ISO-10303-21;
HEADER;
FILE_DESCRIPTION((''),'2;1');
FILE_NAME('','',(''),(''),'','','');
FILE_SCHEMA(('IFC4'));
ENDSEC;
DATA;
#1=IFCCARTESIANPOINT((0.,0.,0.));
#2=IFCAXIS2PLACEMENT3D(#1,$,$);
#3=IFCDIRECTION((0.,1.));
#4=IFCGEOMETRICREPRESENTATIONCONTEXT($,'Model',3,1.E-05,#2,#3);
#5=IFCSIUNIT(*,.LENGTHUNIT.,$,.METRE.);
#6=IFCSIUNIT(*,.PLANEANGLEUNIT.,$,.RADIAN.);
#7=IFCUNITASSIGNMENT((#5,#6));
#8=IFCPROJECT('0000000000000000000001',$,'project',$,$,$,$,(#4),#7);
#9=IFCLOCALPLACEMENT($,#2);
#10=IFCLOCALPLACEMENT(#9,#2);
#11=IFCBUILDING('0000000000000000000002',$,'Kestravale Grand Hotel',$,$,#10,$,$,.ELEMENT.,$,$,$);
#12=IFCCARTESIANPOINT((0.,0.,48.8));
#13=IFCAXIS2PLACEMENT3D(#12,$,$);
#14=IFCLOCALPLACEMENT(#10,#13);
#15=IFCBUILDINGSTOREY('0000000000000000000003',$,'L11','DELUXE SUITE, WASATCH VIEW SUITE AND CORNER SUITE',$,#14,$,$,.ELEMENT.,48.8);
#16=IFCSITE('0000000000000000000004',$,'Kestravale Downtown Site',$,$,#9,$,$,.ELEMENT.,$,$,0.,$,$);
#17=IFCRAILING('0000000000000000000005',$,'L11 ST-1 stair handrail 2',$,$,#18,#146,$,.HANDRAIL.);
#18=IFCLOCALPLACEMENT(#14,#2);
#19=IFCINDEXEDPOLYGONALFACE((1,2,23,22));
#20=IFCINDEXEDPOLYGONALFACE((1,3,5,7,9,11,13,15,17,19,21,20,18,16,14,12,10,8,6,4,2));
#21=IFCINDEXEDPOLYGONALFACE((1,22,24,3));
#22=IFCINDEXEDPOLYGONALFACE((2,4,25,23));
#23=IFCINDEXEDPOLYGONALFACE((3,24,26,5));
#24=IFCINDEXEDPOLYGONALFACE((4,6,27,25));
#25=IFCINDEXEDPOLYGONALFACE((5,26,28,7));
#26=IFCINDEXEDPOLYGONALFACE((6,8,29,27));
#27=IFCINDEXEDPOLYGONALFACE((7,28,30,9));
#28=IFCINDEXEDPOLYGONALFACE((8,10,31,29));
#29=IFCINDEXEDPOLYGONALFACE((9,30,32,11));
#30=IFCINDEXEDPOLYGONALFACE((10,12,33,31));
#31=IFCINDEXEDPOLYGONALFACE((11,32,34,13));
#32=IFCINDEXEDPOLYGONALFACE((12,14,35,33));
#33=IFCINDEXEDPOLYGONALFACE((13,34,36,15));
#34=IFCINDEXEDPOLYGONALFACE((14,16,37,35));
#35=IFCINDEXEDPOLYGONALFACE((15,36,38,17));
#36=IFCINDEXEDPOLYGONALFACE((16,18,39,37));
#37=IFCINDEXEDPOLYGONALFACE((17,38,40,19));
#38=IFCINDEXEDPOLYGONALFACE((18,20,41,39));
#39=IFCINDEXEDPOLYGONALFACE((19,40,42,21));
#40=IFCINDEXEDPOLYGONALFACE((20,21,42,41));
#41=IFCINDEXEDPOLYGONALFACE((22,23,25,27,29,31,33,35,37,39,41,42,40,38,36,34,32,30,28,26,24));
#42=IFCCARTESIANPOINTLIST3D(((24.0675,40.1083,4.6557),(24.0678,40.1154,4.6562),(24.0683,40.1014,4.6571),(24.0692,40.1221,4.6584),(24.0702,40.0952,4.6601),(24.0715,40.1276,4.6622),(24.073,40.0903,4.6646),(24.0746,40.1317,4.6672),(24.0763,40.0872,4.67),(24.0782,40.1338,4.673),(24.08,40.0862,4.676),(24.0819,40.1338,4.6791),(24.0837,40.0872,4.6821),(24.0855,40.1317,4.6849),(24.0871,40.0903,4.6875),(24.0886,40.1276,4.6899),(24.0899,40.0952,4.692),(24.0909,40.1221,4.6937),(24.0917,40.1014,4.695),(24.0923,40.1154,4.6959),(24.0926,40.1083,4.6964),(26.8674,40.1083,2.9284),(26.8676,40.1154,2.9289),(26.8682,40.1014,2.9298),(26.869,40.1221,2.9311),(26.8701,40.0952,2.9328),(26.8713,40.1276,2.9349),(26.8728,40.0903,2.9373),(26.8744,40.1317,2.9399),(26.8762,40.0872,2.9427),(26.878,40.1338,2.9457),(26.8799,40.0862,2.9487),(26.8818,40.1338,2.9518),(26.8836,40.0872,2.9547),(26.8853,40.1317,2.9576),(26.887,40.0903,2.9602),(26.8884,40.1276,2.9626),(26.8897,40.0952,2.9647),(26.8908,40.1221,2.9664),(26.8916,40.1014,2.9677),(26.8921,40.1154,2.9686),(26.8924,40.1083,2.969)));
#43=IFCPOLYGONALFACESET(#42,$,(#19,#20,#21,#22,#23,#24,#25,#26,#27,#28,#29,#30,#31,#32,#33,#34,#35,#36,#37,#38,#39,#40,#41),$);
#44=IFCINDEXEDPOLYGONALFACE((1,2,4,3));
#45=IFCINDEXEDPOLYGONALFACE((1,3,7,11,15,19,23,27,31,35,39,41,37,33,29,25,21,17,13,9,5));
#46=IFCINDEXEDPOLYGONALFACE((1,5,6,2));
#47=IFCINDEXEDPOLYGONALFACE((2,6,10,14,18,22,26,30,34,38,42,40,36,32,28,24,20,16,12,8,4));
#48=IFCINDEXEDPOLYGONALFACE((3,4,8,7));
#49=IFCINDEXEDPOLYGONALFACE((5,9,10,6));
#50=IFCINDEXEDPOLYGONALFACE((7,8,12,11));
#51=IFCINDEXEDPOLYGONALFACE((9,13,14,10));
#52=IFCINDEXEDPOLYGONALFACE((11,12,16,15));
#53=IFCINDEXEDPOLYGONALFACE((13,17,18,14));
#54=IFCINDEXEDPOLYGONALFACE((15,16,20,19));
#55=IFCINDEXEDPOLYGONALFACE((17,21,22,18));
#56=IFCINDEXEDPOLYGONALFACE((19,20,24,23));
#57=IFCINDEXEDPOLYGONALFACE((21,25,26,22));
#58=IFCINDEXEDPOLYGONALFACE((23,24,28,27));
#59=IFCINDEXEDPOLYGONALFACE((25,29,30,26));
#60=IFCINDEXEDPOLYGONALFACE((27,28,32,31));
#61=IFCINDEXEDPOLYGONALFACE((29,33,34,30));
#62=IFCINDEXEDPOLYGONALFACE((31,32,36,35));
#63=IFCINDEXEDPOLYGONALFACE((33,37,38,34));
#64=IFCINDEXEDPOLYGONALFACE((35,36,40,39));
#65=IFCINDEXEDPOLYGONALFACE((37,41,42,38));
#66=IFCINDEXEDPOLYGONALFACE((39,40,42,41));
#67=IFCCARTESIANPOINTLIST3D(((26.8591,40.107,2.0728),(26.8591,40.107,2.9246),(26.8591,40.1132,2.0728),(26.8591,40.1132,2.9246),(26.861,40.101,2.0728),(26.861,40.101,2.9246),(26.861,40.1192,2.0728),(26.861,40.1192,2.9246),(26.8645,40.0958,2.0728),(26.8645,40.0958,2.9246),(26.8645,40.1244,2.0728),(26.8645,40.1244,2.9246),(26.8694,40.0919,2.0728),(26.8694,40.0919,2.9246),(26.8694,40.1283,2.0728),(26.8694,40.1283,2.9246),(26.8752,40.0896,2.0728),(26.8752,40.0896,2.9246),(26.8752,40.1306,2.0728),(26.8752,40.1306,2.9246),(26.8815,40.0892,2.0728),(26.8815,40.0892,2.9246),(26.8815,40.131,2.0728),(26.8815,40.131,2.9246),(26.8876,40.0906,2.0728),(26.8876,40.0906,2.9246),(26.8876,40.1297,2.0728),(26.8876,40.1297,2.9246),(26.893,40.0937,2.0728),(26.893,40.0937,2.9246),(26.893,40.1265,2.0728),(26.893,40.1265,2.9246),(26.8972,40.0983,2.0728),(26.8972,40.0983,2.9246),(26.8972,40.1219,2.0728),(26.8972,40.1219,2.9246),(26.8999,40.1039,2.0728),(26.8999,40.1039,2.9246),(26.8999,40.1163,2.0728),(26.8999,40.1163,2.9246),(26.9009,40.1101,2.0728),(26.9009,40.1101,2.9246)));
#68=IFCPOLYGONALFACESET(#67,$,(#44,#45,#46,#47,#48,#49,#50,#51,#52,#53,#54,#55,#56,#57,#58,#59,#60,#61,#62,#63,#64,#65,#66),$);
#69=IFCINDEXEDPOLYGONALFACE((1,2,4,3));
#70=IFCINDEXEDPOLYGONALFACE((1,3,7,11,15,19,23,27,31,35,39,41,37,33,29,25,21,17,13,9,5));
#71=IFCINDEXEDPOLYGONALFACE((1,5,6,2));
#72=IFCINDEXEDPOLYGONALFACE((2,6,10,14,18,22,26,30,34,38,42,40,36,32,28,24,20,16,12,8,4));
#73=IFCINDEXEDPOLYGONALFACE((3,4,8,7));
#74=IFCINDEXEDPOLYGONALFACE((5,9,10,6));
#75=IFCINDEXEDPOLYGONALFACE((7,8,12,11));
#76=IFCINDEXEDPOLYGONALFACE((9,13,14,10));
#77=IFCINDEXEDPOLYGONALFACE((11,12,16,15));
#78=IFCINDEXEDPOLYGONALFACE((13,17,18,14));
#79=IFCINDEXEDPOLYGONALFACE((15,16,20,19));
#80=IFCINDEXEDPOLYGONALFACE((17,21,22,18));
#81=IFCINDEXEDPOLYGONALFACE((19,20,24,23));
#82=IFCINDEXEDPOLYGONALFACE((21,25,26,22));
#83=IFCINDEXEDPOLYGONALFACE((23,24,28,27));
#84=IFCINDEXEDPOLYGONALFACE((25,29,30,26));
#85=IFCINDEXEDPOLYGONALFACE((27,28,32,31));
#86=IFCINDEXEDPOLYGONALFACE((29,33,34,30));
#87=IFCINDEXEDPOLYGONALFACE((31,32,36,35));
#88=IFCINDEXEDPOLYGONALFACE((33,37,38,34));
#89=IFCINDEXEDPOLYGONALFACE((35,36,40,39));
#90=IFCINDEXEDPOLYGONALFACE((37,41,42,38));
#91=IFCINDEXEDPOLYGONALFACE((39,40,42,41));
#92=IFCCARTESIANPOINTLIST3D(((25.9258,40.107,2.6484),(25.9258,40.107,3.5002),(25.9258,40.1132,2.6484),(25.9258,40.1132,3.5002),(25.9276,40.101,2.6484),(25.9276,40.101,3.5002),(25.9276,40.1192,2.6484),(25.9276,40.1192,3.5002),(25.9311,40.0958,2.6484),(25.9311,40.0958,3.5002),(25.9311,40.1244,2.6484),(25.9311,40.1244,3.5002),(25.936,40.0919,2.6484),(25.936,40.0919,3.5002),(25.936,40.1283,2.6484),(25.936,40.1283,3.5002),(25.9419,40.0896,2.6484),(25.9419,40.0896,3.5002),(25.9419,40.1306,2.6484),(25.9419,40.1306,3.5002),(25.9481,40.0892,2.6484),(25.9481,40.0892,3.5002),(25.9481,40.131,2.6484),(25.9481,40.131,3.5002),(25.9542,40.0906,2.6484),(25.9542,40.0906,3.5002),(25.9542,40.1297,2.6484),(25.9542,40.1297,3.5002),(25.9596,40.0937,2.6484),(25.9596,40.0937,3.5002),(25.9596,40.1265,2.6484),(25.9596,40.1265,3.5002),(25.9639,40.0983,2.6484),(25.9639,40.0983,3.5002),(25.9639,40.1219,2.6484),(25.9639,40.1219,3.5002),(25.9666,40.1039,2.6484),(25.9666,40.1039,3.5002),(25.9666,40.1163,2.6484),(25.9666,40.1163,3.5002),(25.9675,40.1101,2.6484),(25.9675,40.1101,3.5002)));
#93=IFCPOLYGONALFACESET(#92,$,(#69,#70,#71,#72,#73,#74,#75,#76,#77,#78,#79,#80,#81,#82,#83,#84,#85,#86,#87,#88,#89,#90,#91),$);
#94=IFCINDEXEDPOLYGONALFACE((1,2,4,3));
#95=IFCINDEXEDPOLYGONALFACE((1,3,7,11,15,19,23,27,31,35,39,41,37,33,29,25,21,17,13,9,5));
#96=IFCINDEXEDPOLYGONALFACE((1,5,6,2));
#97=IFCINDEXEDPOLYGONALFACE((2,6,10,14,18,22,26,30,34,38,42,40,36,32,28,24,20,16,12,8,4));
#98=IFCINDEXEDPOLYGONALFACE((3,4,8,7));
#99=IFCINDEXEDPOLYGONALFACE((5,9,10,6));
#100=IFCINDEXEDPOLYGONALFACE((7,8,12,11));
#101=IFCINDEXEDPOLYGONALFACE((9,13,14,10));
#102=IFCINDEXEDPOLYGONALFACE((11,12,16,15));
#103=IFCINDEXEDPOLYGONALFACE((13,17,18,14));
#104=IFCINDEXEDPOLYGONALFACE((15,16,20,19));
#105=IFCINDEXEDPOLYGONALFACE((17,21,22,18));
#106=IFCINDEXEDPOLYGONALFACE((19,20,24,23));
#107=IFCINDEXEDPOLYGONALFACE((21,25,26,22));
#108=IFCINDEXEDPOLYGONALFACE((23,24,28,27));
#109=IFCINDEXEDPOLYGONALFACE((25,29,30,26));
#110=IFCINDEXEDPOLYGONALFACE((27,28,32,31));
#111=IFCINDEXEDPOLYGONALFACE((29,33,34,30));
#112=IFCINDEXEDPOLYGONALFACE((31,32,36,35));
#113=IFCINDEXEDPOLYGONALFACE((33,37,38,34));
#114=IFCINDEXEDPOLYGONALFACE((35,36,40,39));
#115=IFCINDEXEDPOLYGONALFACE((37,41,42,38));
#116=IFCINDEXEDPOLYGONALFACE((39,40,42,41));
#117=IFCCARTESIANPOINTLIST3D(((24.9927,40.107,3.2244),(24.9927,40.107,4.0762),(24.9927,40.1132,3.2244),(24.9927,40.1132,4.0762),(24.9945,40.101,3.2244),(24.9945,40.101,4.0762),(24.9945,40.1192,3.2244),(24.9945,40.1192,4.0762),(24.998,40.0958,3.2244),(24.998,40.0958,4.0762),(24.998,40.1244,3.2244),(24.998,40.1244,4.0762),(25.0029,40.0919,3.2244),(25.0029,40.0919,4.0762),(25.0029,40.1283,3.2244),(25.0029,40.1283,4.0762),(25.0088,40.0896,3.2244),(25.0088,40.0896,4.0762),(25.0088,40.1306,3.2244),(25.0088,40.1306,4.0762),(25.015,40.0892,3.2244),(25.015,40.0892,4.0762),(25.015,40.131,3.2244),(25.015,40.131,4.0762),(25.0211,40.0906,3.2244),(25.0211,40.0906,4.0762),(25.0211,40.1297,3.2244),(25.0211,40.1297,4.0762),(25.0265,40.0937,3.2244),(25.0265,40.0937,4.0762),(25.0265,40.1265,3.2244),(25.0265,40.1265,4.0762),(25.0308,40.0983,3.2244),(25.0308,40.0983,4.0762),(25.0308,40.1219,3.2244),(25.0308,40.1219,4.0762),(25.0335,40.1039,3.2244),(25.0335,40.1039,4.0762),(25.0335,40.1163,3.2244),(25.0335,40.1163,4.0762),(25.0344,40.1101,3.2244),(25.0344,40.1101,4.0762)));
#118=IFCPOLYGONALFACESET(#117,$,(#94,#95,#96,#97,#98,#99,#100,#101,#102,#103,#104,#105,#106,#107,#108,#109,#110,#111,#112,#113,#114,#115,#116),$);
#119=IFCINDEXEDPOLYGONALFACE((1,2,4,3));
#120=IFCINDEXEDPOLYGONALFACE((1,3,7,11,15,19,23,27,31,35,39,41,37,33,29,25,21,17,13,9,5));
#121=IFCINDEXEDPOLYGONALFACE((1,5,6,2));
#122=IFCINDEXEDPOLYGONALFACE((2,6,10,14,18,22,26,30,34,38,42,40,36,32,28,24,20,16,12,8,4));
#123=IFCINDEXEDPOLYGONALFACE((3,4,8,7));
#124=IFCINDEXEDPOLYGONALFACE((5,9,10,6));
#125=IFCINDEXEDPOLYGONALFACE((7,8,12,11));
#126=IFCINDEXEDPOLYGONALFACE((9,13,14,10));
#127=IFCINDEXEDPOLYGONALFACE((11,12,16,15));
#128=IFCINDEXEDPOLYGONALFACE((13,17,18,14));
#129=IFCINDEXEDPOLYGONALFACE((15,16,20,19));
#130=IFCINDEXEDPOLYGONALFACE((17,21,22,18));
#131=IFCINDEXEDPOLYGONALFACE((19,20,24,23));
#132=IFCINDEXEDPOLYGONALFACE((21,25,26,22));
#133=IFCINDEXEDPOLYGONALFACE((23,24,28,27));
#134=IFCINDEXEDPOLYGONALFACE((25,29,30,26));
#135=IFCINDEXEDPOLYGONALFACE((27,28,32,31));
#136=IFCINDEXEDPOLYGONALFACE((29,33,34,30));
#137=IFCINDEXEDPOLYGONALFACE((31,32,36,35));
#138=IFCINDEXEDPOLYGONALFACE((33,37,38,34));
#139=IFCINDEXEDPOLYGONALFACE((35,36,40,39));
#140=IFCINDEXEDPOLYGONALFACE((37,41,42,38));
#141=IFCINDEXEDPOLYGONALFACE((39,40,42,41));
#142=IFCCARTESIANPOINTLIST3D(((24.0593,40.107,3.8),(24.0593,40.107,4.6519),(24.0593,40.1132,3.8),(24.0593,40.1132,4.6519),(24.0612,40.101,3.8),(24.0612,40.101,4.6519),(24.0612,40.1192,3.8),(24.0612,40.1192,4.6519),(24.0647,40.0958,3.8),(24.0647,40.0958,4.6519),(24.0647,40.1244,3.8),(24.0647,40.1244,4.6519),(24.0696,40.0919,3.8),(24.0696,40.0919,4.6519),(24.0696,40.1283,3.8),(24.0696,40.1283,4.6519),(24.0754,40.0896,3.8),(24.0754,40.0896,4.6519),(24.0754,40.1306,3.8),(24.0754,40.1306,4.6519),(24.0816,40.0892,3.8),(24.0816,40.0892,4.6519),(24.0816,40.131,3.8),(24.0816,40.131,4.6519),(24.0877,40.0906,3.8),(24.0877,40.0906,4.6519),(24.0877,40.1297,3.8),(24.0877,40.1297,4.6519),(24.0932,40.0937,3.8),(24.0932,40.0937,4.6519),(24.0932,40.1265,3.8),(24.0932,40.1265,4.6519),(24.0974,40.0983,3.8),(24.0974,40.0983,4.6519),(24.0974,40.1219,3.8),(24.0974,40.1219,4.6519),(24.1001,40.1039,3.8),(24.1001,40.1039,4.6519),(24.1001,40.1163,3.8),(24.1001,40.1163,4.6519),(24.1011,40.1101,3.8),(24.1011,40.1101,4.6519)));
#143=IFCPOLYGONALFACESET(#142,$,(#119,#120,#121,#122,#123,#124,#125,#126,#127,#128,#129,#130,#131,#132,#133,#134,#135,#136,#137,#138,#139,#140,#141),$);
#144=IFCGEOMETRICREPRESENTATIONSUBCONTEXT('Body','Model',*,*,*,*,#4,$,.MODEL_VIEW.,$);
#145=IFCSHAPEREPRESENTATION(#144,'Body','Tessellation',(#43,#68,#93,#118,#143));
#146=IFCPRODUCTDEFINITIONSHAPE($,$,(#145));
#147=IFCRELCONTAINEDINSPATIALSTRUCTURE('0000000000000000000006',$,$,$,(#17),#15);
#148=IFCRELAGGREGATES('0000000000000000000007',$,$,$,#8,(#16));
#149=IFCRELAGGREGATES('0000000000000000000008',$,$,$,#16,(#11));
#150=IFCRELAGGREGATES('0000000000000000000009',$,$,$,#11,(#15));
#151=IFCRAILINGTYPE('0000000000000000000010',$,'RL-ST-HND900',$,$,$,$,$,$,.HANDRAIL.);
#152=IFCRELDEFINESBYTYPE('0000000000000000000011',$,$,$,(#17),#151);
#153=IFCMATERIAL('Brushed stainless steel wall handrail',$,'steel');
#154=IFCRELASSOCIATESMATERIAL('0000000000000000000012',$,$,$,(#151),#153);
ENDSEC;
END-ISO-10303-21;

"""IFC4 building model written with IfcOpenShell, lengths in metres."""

from ifc_helpers import new_model, si_unit, direction, frame, origin, origin_2d, place, context, subcontext, project, spatial, circle, extrude, material, type_object, element, save


model = new_model("IFC4")

# Units and contexts
model_context = context("Model", 3, precision=1e-05, world=origin(), true_north=direction((0.0, 1.0)))
body_context = subcontext(model_context, "Body", "Model", "MODEL_VIEW")
ifc_project = project(units=[si_unit("LENGTHUNIT", "METRE"), si_unit("PLANEANGLEUNIT", "RADIAN")], contexts=[model_context])

# Site, building, storey
site_placement = place(None, origin())
site = spatial("IfcSite", under=ifc_project, at=site_placement, Name="Kestravale Downtown Site", CompositionType="ELEMENT", RefElevation=0.0)
building_placement = place(site_placement, origin())
building = spatial("IfcBuilding", under=site, at=building_placement, Name="Kestravale Grand Hotel", CompositionType="ELEMENT")
storey_placement = place(building_placement, frame((0.0, 0.0, 48.8)))
storey = spatial("IfcBuildingStorey", under=building, at=storey_placement, Name="L11", Description="DELUXE SUITE, WASATCH VIEW SUITE AND CORNER SUITE", CompositionType="ELEMENT", Elevation=48.8)

# Railing
ifc_material_1 = material(Name="Brushed stainless steel wall handrail", Category="steel")
railing_type_1 = type_object("IfcRailingType", Name="RL-ST-HND900", PredefinedType="HANDRAIL", material=ifc_material_1)
railing_1_placement = place(storey_placement, frame((26.8799, 40.1101, 2.0728)))
element("IfcRailing", 1, at=railing_1_placement, inside=storey, type_object=railing_type_1, Name="L11 ST-1 stair handrail 2", PredefinedType="HANDRAIL", context=body_context, shape_type="SweptSolid", body=[
    extrude(circle(Radius=0.0239, at=origin_2d()), frame((0.0, 0.0, 0.876), z_axis=(-0.851069, 0.0, 0.525054), x_axis=(0.0, -1.0, 0.0)), (0.0, 0.0, 1.0), 3.2898),
    extrude(circle(Radius=0.021, at=origin_2d()), origin(), (0.0, 0.0, 1.0), 0.8518),
    extrude(circle(Radius=0.021, at=origin_2d()), frame((-0.9333, 0.0, 0.5757)), (0.0, 0.0, 1.0), 0.8518),
    extrude(circle(Radius=0.021, at=origin_2d()), frame((-1.8665, 0.0, 1.1516)), (0.0, 0.0, 1.0), 0.8518),
    extrude(circle(Radius=0.021, at=origin_2d()), frame((-2.7998, 0.0, 1.7273)), (0.0, 0.0, 1.0), 0.8518),
])

save(model, "model.ifc")
